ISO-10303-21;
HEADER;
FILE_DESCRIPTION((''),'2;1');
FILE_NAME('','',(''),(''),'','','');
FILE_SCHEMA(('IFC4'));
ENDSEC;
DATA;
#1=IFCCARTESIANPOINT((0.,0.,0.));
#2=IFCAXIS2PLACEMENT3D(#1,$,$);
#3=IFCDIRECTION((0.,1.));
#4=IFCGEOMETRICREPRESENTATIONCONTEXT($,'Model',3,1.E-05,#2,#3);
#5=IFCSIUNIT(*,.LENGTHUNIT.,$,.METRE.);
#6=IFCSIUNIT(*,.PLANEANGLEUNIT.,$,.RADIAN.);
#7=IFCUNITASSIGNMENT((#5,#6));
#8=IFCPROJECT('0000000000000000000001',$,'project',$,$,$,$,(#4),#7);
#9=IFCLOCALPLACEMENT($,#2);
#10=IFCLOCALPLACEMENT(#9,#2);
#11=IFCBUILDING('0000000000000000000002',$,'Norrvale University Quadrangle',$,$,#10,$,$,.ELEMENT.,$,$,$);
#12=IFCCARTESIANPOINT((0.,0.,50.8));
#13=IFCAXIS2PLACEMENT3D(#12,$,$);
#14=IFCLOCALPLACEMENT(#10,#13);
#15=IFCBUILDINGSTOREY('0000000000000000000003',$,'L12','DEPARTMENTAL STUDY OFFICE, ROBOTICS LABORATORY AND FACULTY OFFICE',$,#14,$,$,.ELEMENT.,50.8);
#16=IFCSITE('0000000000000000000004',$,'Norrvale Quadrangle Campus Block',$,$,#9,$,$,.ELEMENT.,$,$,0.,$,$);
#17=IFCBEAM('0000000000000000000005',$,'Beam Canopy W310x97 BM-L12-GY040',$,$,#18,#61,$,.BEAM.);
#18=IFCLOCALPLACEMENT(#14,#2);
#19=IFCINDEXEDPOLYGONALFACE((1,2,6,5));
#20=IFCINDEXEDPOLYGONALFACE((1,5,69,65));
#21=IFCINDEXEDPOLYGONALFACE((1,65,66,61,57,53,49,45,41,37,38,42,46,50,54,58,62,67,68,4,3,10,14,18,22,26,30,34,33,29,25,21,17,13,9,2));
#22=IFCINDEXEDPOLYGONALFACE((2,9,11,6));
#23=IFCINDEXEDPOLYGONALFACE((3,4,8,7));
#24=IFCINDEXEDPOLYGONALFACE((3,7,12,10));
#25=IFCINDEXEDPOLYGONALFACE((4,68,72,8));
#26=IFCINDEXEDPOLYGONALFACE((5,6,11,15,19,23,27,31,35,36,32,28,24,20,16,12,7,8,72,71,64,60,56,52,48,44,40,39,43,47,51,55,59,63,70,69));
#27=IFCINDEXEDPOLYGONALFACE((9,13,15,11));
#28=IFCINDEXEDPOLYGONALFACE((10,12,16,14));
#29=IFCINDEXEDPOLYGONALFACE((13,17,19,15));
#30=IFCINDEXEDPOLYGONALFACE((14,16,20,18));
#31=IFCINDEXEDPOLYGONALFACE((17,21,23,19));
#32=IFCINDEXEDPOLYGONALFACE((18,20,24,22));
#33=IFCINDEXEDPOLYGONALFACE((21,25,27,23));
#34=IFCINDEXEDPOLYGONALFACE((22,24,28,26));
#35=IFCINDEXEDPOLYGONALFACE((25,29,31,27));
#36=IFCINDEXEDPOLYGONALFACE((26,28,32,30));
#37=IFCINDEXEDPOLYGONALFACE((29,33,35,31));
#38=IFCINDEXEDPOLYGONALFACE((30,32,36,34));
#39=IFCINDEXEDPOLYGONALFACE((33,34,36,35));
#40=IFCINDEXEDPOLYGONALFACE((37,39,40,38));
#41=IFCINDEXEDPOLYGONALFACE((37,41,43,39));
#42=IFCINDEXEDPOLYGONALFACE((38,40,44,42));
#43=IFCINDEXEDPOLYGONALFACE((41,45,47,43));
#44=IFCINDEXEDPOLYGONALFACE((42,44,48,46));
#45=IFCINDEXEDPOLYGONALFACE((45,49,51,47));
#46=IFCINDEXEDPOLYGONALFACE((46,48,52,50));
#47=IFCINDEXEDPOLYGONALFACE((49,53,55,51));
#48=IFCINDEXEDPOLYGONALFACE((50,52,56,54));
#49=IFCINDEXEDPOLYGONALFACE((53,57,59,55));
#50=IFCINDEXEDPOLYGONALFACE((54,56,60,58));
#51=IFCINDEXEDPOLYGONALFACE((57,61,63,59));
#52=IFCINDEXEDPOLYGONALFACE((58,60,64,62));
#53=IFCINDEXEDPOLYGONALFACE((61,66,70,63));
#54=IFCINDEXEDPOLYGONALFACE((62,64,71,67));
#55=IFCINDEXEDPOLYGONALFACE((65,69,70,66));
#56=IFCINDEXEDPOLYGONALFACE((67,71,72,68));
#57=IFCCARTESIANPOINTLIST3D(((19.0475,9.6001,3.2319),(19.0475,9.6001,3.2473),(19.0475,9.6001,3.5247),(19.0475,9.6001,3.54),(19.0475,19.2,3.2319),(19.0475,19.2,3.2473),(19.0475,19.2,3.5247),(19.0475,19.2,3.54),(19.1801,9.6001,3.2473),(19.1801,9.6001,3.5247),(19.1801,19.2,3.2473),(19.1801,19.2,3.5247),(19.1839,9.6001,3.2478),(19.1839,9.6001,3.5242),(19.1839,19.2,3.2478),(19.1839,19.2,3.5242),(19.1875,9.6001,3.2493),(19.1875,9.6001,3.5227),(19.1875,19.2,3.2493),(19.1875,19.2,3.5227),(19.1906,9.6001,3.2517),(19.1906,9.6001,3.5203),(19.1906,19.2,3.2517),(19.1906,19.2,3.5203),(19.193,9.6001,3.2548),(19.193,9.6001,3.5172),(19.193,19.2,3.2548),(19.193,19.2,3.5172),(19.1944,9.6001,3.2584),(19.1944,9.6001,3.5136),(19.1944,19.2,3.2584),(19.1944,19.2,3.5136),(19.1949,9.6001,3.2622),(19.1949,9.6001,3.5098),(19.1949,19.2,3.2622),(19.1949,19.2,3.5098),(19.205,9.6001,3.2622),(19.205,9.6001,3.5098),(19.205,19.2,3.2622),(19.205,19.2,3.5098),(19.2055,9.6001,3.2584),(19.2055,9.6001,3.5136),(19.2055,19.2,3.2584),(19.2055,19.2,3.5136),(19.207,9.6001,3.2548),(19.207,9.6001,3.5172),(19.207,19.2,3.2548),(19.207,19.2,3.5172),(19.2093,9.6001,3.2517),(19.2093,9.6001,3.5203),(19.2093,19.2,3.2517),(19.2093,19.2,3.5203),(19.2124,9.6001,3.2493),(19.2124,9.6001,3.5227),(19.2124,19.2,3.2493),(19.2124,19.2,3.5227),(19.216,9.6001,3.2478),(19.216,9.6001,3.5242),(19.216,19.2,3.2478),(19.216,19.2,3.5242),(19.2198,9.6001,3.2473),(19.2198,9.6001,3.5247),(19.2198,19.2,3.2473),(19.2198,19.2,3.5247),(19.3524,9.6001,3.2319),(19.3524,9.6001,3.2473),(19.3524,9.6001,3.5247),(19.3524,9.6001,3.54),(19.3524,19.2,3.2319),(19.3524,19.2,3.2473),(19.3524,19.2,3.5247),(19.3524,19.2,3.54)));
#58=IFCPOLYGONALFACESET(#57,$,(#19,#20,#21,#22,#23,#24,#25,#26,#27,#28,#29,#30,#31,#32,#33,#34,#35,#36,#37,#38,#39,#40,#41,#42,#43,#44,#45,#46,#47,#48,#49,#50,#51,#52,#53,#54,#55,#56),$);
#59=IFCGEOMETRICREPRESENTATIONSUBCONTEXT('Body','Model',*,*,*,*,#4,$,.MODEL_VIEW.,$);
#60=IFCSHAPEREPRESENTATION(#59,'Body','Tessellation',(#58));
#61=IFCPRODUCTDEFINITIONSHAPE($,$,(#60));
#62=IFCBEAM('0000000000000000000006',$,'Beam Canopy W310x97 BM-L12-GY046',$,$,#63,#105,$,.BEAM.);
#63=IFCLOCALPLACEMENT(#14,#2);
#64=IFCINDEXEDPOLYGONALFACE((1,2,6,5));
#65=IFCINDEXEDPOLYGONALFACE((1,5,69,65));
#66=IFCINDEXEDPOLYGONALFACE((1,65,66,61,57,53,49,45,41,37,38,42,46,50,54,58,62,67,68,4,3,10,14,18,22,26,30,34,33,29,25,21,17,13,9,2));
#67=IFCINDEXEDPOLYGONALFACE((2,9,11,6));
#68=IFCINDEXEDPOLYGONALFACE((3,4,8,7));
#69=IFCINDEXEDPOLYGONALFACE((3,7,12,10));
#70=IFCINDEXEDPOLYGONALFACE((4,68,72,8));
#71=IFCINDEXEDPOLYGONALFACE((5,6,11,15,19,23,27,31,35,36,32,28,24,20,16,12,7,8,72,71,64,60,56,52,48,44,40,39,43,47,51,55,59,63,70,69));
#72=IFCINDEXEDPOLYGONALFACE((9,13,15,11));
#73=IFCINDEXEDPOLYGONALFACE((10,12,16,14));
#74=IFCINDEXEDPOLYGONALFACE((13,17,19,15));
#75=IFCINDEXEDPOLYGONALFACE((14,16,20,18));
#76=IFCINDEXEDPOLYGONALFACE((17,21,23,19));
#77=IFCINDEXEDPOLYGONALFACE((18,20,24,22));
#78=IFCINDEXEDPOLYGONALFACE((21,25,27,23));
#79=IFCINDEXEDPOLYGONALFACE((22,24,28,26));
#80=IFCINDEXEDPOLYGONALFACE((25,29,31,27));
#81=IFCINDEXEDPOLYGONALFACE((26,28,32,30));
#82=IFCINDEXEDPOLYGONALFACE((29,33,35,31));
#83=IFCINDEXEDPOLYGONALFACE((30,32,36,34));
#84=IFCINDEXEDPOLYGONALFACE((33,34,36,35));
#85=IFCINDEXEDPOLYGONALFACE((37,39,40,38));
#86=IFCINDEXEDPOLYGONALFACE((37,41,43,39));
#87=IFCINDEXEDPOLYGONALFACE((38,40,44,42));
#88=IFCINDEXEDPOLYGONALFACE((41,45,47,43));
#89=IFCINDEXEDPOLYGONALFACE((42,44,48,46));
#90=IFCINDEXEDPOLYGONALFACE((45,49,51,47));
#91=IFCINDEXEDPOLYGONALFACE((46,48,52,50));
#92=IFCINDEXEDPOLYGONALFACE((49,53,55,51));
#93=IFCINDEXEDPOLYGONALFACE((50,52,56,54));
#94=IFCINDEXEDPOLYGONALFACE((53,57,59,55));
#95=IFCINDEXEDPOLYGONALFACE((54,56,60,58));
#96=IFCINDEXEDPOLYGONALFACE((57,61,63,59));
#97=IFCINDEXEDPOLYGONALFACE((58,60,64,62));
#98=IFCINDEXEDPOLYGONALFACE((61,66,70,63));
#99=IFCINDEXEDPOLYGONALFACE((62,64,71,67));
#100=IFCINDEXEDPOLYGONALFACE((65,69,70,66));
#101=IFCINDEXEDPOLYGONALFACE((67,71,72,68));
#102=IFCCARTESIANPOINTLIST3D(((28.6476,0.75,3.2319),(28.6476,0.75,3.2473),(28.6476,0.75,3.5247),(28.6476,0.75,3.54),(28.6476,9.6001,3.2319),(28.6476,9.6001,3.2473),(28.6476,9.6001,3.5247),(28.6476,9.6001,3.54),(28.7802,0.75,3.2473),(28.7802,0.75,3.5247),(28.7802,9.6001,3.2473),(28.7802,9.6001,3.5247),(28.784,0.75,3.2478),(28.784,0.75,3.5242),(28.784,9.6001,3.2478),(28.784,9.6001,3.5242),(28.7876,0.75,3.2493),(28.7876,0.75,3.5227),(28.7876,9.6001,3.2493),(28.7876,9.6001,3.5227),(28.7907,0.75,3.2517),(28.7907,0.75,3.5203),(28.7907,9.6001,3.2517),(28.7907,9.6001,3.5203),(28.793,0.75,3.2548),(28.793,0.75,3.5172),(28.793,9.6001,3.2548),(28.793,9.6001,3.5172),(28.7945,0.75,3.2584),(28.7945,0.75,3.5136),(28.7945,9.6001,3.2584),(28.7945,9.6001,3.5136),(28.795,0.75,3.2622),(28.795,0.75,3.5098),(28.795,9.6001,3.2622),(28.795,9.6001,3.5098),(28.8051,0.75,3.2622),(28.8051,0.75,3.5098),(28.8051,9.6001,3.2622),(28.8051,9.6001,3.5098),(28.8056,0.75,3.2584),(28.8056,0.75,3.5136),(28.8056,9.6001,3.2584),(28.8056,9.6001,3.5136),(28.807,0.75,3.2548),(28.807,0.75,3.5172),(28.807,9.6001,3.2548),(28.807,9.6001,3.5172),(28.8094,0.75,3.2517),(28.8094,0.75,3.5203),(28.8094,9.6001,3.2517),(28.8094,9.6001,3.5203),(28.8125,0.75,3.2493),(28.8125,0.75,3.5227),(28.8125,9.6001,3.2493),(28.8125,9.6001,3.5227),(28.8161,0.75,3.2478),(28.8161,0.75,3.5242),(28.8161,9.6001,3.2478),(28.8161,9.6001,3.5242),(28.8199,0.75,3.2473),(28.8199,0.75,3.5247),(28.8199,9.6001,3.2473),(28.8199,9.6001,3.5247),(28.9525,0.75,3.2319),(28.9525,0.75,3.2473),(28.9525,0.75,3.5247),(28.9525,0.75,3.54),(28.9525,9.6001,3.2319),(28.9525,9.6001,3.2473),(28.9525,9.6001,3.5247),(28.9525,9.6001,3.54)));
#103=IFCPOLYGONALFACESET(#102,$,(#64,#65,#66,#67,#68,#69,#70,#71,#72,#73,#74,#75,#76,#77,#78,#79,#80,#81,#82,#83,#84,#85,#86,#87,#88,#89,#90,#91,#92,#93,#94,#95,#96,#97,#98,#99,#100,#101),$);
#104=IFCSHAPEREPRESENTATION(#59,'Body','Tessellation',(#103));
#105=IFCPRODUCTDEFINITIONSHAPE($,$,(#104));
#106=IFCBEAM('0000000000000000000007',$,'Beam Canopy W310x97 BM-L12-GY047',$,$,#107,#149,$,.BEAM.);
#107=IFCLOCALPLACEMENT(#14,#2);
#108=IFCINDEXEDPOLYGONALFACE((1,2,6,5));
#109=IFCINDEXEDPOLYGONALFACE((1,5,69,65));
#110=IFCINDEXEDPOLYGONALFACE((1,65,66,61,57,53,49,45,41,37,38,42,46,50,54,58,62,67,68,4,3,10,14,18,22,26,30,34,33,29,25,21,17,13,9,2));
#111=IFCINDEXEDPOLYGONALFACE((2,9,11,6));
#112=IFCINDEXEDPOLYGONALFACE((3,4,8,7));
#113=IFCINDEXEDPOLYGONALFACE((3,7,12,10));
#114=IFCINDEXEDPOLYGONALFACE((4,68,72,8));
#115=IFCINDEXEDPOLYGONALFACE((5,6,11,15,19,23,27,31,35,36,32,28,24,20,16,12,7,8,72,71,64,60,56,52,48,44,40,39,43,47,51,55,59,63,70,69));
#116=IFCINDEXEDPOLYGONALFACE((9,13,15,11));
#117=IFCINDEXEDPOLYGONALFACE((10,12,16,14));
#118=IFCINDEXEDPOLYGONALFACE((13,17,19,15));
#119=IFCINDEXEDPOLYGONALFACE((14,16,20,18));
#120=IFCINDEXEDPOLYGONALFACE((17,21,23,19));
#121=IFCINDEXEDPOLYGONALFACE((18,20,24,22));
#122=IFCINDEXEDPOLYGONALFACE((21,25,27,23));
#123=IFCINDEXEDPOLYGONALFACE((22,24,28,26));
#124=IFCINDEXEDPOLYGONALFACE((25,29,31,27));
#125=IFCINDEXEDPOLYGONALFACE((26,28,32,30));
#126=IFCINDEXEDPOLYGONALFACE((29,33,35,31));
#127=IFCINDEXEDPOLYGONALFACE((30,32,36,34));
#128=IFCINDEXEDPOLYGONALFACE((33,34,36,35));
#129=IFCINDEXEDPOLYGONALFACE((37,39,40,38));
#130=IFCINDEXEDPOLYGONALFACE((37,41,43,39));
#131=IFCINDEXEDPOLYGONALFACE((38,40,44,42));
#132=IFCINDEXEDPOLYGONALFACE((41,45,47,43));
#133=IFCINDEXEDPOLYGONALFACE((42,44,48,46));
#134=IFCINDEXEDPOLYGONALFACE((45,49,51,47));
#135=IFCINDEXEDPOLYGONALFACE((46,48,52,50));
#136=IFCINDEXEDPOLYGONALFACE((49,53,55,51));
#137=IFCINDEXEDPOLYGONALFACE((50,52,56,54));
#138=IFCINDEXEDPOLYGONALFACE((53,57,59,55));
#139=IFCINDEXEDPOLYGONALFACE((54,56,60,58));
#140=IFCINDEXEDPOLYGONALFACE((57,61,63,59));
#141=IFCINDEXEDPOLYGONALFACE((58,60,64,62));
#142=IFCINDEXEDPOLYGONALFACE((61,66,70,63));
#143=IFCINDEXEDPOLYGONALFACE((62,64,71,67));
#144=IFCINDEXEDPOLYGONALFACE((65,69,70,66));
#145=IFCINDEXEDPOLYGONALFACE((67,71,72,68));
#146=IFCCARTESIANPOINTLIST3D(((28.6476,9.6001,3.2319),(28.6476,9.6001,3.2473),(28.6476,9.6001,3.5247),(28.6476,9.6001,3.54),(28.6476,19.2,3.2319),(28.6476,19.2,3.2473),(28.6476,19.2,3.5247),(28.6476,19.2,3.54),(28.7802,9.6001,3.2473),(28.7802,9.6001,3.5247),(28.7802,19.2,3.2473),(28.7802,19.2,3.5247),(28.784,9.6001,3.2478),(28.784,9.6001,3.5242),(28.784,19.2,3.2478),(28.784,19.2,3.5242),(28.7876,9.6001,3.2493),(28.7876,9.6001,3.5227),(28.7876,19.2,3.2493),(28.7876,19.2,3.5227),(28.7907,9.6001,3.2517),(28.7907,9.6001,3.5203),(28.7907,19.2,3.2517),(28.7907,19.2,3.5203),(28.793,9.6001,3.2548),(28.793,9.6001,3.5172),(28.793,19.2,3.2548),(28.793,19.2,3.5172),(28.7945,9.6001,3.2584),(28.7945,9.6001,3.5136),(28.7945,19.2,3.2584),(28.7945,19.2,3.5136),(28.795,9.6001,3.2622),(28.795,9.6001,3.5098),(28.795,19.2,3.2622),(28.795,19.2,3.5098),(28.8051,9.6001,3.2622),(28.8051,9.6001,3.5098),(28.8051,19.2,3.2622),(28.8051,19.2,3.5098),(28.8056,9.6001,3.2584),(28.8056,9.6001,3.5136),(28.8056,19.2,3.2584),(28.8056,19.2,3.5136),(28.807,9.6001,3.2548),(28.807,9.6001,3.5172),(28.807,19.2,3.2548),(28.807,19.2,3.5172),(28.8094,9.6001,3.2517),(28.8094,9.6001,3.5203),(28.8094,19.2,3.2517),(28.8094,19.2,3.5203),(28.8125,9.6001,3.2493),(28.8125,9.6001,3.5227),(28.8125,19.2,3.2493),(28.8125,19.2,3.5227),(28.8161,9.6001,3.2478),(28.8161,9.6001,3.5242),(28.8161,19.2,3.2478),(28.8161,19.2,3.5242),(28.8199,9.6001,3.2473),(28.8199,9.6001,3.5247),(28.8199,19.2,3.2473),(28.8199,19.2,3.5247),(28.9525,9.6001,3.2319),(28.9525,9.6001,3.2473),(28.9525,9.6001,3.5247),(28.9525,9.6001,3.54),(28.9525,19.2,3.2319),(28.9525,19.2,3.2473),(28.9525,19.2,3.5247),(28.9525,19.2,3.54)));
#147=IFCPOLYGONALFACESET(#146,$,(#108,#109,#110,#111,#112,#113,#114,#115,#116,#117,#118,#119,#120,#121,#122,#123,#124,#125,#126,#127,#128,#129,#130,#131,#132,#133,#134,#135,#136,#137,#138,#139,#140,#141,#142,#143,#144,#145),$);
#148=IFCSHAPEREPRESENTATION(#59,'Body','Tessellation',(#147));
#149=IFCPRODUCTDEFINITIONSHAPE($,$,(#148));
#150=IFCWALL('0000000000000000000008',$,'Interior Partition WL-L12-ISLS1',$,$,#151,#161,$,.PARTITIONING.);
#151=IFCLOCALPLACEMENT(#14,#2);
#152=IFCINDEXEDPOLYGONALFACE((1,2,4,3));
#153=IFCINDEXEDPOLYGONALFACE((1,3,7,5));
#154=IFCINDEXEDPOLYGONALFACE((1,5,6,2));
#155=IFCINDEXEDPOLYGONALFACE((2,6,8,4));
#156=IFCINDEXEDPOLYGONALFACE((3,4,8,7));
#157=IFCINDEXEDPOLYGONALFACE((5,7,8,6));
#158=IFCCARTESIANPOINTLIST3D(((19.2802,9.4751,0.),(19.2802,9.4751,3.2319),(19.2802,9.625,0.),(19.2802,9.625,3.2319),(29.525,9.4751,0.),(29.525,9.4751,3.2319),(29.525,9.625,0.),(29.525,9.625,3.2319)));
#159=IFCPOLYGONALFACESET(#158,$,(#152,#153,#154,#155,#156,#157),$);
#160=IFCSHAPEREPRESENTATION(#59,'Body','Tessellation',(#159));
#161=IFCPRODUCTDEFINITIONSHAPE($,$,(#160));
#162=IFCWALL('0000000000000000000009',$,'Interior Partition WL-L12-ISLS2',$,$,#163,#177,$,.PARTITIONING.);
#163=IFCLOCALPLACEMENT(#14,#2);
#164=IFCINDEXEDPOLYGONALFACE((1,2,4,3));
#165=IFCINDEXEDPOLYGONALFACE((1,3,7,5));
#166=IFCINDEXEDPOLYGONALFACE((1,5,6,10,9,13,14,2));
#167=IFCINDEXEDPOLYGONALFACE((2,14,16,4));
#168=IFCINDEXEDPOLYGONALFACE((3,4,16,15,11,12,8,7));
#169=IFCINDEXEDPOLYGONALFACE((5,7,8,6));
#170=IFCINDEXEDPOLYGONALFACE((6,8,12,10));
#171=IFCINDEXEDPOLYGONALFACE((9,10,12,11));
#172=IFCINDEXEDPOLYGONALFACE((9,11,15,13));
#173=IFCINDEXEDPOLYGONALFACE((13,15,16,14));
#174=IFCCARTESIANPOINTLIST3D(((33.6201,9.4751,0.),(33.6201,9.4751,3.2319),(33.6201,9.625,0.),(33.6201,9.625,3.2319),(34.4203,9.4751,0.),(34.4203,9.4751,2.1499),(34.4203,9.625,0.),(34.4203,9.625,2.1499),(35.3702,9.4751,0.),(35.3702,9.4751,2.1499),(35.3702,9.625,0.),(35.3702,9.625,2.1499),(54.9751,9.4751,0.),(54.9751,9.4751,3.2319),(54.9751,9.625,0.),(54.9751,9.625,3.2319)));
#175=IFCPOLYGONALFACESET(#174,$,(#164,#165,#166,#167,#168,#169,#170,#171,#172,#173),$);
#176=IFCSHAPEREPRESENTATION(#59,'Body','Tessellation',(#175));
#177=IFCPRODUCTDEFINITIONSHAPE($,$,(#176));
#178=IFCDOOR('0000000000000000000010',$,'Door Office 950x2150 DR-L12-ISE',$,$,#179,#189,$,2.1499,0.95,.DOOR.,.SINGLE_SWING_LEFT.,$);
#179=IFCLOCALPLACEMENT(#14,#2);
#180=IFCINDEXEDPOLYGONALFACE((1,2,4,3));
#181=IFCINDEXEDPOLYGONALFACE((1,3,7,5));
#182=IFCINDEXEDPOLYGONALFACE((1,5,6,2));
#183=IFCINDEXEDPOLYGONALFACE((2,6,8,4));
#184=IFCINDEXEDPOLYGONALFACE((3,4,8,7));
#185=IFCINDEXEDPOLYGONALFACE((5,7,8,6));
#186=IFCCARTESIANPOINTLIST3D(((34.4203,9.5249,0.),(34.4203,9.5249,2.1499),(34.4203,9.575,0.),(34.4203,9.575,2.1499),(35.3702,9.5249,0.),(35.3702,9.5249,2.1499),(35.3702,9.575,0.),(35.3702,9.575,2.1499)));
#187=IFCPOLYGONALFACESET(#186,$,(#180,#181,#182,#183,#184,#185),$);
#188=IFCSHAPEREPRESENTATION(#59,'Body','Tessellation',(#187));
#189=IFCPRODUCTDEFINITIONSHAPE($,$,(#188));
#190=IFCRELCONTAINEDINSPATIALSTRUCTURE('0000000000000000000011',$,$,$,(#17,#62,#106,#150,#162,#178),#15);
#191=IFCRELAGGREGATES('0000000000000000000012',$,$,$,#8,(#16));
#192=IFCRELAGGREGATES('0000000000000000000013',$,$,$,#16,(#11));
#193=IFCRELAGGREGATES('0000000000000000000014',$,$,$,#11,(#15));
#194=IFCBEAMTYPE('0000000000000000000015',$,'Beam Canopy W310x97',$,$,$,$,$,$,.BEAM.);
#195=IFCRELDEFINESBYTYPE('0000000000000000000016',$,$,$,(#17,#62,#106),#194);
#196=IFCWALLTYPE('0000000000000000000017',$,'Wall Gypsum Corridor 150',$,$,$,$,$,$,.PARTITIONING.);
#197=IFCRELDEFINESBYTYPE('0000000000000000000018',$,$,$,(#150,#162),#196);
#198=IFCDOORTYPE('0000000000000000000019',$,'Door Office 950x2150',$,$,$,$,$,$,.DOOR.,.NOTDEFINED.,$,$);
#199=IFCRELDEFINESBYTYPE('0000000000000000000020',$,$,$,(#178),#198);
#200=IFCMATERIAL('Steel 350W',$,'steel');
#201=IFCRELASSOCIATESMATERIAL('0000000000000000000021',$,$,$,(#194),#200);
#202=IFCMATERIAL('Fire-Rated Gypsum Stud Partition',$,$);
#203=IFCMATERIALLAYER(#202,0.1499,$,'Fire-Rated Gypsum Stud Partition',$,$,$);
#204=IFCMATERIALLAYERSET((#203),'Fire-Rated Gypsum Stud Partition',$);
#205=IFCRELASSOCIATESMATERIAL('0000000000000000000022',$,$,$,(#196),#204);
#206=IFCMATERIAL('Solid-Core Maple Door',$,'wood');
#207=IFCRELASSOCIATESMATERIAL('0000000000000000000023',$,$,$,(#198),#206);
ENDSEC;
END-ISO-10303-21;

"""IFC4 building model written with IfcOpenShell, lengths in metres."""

from ifc_helpers import new_model, si_unit, direction, frame, frame_2d, origin, origin_2d, place, context, subcontext, project, spatial, rectangle, i_section, extrude, material, layer, layer_set, material_profile, profile_set, type_object, element, fill, save


model = new_model("IFC4")

# Units and contexts
model_context = context("Model", 3, precision=1e-05, world=origin(), true_north=direction((0.0, 1.0)))
body_context = subcontext(model_context, "Body", "Model", "MODEL_VIEW")
ifc_project = project(units=[si_unit("LENGTHUNIT", "METRE"), si_unit("PLANEANGLEUNIT", "RADIAN")], contexts=[model_context])

# Site, building, storey
site_placement = place(None, origin())
site = spatial("IfcSite", under=ifc_project, at=site_placement, Name="Norrvale Quadrangle Campus Block", CompositionType="ELEMENT", RefElevation=0.0)
building_placement = place(site_placement, origin())
building = spatial("IfcBuilding", under=site, at=building_placement, Name="Norrvale University Quadrangle", CompositionType="ELEMENT")
storey_placement = place(building_placement, frame((0.0, 0.0, 50.8)))
storey = spatial("IfcBuildingStorey", under=building, at=storey_placement, Name="L12", Description="DEPARTMENTAL STUDY OFFICE, ROBOTICS LABORATORY AND FACULTY OFFICE", CompositionType="ELEMENT", Elevation=50.8)

# Beams
ifc_material_1 = material(Name="Steel 350W", Category="steel")
ifc_material_profile_1 = material_profile(ifc_material_1, i_section(OverallWidth=0.3049, OverallDepth=0.3081, WebThickness=0.01, FlangeThickness=0.0154, FilletRadius=0.0149, at=origin_2d()), Name="Steel 350W")
ifc_profile_set_1 = profile_set([ifc_material_profile_1], Name="Steel 350W")
beam_type_1 = type_object("IfcBeamType", Name="Beam Canopy W310x97", PredefinedType="BEAM", material=ifc_profile_set_1)
beam_1_placement = place(storey_placement, frame((19.2, 9.6001, 3.386), z_axis=(0.0, 1.0, 0.0), x_axis=(-1.0, 0.0, 0.0)))
element("IfcBeam", 1, at=beam_1_placement, inside=storey, type_object=beam_type_1, Name="Beam Canopy W310x97 BM-L12-GY040", PredefinedType="BEAM", context=body_context, shape_type="SweptSolid", body=[
    extrude(i_section(OverallWidth=0.3049, OverallDepth=0.3081, WebThickness=0.01, FlangeThickness=0.0154, FilletRadius=0.0149, at=origin_2d()), origin(), (0.0, 0.0, 1.0), 9.5999),
])
beam_2_placement = place(storey_placement, frame((28.8, 0.75, 3.386), z_axis=(0.0, 1.0, 0.0), x_axis=(-1.0, 0.0, 0.0)))
element("IfcBeam", 2, at=beam_2_placement, inside=storey, type_object=beam_type_1, Name="Beam Canopy W310x97 BM-L12-GY046", PredefinedType="BEAM", context=body_context, shape_type="SweptSolid", body=[
    extrude(i_section(OverallWidth=0.3049, OverallDepth=0.3081, WebThickness=0.01, FlangeThickness=0.0154, FilletRadius=0.0149, at=origin_2d()), origin(), (0.0, 0.0, 1.0), 8.8501),
])
beam_3_placement = place(storey_placement, frame((28.8, 9.6001, 3.386), z_axis=(0.0, 1.0, 0.0), x_axis=(-1.0, 0.0, 0.0)))
element("IfcBeam", 3, at=beam_3_placement, inside=storey, type_object=beam_type_1, Name="Beam Canopy W310x97 BM-L12-GY047", PredefinedType="BEAM", context=body_context, shape_type="SweptSolid", body=[
    extrude(i_section(OverallWidth=0.3049, OverallDepth=0.3081, WebThickness=0.01, FlangeThickness=0.0154, FilletRadius=0.0149, at=origin_2d()), origin(), (0.0, 0.0, 1.0), 9.5999),
])

# Wall
ifc_material_2 = material(Name="Fire-Rated Gypsum Stud Partition")
ifc_layer_1 = layer(ifc_material_2, 0.1499, Name="Fire-Rated Gypsum Stud Partition")
ifc_layer_set_1 = layer_set([ifc_layer_1], Name="Fire-Rated Gypsum Stud Partition")
wall_type_1 = type_object("IfcWallType", Name="Wall Gypsum Corridor 150", PredefinedType="PARTITIONING", material=ifc_layer_set_1)
wall_1_placement = place(storey_placement, frame((19.28, 9.55, 0.0), z_axis=(0.0, 0.0, 1.0), x_axis=(1.0, 0.0, 0.0)))
element("IfcWall", 4, at=wall_1_placement, inside=storey, type_object=wall_type_1, Name="Interior Partition WL-L12-ISLS1", PredefinedType="PARTITIONING", context=body_context, shape_type="SweptSolid", body=[
    extrude(rectangle(XDim=10.2449, YDim=0.1499, at=frame_2d((5.1226, 0.0))), origin(), (0.0, 0.0, 1.0), 3.2319),
])

# Wall, opening, door
wall_2_placement = place(storey_placement, frame((33.6201, 9.55, 0.0), z_axis=(0.0, 0.0, 1.0), x_axis=(1.0, 0.0, 0.0)))
wall_2 = element("IfcWall", 5, at=wall_2_placement, inside=storey, type_object=wall_type_1, Name="Interior Partition WL-L12-ISLS2", PredefinedType="PARTITIONING", context=body_context, shape_type="SweptSolid", body=[
    extrude(rectangle(XDim=21.355, YDim=0.1499, at=frame_2d((10.6775, 0.0))), origin(), (0.0, 0.0, 1.0), 3.2319),
])
opening_1_placement = place(wall_2_placement, frame((0.8, 0.0, 0.0)))
opening_1 = element("IfcOpeningElement", 6, at=opening_1_placement, cuts=wall_2, PredefinedType="OPENING", context=body_context, shape_type="SweptSolid", body=[
    extrude(rectangle(XDim=0.95, YDim=2.1499, at=frame_2d((0.4751, 1.075))), frame((0.0, 0.0869, 0.0), z_axis=(0.0, -1.0, 0.0), x_axis=(1.0, 0.0, 0.0)), (0.0, 0.0, 1.0), 0.1738),
])
ifc_material_3 = material(Name="Solid-Core Maple Door", Category="wood")
door_type_1 = type_object("IfcDoorType", Name="Door Office 950x2150", OperationType="NOTDEFINED", PredefinedType="DOOR", material=ifc_material_3)
door_1_placement = place(opening_1_placement, origin())
door_1 = element("IfcDoor", 7, at=door_1_placement, inside=storey, type_object=door_type_1, Name="Door Office 950x2150 DR-L12-ISE", OperationType="SINGLE_SWING_LEFT", OverallHeight=2.1499, OverallWidth=0.95, PredefinedType="DOOR", context=body_context, shape_type="SweptSolid", body=[
    extrude(rectangle(XDim=0.95, YDim=2.1499, at=frame_2d((0.4751, 1.075))), frame((0.0, 0.0249, 0.0), z_axis=(0.0, -1.0, 0.0), x_axis=(1.0, 0.0, 0.0)), (0.0, 0.0, 1.0), 0.05),
])
fill(opening_1, door_1)

save(model, "model.ifc")
